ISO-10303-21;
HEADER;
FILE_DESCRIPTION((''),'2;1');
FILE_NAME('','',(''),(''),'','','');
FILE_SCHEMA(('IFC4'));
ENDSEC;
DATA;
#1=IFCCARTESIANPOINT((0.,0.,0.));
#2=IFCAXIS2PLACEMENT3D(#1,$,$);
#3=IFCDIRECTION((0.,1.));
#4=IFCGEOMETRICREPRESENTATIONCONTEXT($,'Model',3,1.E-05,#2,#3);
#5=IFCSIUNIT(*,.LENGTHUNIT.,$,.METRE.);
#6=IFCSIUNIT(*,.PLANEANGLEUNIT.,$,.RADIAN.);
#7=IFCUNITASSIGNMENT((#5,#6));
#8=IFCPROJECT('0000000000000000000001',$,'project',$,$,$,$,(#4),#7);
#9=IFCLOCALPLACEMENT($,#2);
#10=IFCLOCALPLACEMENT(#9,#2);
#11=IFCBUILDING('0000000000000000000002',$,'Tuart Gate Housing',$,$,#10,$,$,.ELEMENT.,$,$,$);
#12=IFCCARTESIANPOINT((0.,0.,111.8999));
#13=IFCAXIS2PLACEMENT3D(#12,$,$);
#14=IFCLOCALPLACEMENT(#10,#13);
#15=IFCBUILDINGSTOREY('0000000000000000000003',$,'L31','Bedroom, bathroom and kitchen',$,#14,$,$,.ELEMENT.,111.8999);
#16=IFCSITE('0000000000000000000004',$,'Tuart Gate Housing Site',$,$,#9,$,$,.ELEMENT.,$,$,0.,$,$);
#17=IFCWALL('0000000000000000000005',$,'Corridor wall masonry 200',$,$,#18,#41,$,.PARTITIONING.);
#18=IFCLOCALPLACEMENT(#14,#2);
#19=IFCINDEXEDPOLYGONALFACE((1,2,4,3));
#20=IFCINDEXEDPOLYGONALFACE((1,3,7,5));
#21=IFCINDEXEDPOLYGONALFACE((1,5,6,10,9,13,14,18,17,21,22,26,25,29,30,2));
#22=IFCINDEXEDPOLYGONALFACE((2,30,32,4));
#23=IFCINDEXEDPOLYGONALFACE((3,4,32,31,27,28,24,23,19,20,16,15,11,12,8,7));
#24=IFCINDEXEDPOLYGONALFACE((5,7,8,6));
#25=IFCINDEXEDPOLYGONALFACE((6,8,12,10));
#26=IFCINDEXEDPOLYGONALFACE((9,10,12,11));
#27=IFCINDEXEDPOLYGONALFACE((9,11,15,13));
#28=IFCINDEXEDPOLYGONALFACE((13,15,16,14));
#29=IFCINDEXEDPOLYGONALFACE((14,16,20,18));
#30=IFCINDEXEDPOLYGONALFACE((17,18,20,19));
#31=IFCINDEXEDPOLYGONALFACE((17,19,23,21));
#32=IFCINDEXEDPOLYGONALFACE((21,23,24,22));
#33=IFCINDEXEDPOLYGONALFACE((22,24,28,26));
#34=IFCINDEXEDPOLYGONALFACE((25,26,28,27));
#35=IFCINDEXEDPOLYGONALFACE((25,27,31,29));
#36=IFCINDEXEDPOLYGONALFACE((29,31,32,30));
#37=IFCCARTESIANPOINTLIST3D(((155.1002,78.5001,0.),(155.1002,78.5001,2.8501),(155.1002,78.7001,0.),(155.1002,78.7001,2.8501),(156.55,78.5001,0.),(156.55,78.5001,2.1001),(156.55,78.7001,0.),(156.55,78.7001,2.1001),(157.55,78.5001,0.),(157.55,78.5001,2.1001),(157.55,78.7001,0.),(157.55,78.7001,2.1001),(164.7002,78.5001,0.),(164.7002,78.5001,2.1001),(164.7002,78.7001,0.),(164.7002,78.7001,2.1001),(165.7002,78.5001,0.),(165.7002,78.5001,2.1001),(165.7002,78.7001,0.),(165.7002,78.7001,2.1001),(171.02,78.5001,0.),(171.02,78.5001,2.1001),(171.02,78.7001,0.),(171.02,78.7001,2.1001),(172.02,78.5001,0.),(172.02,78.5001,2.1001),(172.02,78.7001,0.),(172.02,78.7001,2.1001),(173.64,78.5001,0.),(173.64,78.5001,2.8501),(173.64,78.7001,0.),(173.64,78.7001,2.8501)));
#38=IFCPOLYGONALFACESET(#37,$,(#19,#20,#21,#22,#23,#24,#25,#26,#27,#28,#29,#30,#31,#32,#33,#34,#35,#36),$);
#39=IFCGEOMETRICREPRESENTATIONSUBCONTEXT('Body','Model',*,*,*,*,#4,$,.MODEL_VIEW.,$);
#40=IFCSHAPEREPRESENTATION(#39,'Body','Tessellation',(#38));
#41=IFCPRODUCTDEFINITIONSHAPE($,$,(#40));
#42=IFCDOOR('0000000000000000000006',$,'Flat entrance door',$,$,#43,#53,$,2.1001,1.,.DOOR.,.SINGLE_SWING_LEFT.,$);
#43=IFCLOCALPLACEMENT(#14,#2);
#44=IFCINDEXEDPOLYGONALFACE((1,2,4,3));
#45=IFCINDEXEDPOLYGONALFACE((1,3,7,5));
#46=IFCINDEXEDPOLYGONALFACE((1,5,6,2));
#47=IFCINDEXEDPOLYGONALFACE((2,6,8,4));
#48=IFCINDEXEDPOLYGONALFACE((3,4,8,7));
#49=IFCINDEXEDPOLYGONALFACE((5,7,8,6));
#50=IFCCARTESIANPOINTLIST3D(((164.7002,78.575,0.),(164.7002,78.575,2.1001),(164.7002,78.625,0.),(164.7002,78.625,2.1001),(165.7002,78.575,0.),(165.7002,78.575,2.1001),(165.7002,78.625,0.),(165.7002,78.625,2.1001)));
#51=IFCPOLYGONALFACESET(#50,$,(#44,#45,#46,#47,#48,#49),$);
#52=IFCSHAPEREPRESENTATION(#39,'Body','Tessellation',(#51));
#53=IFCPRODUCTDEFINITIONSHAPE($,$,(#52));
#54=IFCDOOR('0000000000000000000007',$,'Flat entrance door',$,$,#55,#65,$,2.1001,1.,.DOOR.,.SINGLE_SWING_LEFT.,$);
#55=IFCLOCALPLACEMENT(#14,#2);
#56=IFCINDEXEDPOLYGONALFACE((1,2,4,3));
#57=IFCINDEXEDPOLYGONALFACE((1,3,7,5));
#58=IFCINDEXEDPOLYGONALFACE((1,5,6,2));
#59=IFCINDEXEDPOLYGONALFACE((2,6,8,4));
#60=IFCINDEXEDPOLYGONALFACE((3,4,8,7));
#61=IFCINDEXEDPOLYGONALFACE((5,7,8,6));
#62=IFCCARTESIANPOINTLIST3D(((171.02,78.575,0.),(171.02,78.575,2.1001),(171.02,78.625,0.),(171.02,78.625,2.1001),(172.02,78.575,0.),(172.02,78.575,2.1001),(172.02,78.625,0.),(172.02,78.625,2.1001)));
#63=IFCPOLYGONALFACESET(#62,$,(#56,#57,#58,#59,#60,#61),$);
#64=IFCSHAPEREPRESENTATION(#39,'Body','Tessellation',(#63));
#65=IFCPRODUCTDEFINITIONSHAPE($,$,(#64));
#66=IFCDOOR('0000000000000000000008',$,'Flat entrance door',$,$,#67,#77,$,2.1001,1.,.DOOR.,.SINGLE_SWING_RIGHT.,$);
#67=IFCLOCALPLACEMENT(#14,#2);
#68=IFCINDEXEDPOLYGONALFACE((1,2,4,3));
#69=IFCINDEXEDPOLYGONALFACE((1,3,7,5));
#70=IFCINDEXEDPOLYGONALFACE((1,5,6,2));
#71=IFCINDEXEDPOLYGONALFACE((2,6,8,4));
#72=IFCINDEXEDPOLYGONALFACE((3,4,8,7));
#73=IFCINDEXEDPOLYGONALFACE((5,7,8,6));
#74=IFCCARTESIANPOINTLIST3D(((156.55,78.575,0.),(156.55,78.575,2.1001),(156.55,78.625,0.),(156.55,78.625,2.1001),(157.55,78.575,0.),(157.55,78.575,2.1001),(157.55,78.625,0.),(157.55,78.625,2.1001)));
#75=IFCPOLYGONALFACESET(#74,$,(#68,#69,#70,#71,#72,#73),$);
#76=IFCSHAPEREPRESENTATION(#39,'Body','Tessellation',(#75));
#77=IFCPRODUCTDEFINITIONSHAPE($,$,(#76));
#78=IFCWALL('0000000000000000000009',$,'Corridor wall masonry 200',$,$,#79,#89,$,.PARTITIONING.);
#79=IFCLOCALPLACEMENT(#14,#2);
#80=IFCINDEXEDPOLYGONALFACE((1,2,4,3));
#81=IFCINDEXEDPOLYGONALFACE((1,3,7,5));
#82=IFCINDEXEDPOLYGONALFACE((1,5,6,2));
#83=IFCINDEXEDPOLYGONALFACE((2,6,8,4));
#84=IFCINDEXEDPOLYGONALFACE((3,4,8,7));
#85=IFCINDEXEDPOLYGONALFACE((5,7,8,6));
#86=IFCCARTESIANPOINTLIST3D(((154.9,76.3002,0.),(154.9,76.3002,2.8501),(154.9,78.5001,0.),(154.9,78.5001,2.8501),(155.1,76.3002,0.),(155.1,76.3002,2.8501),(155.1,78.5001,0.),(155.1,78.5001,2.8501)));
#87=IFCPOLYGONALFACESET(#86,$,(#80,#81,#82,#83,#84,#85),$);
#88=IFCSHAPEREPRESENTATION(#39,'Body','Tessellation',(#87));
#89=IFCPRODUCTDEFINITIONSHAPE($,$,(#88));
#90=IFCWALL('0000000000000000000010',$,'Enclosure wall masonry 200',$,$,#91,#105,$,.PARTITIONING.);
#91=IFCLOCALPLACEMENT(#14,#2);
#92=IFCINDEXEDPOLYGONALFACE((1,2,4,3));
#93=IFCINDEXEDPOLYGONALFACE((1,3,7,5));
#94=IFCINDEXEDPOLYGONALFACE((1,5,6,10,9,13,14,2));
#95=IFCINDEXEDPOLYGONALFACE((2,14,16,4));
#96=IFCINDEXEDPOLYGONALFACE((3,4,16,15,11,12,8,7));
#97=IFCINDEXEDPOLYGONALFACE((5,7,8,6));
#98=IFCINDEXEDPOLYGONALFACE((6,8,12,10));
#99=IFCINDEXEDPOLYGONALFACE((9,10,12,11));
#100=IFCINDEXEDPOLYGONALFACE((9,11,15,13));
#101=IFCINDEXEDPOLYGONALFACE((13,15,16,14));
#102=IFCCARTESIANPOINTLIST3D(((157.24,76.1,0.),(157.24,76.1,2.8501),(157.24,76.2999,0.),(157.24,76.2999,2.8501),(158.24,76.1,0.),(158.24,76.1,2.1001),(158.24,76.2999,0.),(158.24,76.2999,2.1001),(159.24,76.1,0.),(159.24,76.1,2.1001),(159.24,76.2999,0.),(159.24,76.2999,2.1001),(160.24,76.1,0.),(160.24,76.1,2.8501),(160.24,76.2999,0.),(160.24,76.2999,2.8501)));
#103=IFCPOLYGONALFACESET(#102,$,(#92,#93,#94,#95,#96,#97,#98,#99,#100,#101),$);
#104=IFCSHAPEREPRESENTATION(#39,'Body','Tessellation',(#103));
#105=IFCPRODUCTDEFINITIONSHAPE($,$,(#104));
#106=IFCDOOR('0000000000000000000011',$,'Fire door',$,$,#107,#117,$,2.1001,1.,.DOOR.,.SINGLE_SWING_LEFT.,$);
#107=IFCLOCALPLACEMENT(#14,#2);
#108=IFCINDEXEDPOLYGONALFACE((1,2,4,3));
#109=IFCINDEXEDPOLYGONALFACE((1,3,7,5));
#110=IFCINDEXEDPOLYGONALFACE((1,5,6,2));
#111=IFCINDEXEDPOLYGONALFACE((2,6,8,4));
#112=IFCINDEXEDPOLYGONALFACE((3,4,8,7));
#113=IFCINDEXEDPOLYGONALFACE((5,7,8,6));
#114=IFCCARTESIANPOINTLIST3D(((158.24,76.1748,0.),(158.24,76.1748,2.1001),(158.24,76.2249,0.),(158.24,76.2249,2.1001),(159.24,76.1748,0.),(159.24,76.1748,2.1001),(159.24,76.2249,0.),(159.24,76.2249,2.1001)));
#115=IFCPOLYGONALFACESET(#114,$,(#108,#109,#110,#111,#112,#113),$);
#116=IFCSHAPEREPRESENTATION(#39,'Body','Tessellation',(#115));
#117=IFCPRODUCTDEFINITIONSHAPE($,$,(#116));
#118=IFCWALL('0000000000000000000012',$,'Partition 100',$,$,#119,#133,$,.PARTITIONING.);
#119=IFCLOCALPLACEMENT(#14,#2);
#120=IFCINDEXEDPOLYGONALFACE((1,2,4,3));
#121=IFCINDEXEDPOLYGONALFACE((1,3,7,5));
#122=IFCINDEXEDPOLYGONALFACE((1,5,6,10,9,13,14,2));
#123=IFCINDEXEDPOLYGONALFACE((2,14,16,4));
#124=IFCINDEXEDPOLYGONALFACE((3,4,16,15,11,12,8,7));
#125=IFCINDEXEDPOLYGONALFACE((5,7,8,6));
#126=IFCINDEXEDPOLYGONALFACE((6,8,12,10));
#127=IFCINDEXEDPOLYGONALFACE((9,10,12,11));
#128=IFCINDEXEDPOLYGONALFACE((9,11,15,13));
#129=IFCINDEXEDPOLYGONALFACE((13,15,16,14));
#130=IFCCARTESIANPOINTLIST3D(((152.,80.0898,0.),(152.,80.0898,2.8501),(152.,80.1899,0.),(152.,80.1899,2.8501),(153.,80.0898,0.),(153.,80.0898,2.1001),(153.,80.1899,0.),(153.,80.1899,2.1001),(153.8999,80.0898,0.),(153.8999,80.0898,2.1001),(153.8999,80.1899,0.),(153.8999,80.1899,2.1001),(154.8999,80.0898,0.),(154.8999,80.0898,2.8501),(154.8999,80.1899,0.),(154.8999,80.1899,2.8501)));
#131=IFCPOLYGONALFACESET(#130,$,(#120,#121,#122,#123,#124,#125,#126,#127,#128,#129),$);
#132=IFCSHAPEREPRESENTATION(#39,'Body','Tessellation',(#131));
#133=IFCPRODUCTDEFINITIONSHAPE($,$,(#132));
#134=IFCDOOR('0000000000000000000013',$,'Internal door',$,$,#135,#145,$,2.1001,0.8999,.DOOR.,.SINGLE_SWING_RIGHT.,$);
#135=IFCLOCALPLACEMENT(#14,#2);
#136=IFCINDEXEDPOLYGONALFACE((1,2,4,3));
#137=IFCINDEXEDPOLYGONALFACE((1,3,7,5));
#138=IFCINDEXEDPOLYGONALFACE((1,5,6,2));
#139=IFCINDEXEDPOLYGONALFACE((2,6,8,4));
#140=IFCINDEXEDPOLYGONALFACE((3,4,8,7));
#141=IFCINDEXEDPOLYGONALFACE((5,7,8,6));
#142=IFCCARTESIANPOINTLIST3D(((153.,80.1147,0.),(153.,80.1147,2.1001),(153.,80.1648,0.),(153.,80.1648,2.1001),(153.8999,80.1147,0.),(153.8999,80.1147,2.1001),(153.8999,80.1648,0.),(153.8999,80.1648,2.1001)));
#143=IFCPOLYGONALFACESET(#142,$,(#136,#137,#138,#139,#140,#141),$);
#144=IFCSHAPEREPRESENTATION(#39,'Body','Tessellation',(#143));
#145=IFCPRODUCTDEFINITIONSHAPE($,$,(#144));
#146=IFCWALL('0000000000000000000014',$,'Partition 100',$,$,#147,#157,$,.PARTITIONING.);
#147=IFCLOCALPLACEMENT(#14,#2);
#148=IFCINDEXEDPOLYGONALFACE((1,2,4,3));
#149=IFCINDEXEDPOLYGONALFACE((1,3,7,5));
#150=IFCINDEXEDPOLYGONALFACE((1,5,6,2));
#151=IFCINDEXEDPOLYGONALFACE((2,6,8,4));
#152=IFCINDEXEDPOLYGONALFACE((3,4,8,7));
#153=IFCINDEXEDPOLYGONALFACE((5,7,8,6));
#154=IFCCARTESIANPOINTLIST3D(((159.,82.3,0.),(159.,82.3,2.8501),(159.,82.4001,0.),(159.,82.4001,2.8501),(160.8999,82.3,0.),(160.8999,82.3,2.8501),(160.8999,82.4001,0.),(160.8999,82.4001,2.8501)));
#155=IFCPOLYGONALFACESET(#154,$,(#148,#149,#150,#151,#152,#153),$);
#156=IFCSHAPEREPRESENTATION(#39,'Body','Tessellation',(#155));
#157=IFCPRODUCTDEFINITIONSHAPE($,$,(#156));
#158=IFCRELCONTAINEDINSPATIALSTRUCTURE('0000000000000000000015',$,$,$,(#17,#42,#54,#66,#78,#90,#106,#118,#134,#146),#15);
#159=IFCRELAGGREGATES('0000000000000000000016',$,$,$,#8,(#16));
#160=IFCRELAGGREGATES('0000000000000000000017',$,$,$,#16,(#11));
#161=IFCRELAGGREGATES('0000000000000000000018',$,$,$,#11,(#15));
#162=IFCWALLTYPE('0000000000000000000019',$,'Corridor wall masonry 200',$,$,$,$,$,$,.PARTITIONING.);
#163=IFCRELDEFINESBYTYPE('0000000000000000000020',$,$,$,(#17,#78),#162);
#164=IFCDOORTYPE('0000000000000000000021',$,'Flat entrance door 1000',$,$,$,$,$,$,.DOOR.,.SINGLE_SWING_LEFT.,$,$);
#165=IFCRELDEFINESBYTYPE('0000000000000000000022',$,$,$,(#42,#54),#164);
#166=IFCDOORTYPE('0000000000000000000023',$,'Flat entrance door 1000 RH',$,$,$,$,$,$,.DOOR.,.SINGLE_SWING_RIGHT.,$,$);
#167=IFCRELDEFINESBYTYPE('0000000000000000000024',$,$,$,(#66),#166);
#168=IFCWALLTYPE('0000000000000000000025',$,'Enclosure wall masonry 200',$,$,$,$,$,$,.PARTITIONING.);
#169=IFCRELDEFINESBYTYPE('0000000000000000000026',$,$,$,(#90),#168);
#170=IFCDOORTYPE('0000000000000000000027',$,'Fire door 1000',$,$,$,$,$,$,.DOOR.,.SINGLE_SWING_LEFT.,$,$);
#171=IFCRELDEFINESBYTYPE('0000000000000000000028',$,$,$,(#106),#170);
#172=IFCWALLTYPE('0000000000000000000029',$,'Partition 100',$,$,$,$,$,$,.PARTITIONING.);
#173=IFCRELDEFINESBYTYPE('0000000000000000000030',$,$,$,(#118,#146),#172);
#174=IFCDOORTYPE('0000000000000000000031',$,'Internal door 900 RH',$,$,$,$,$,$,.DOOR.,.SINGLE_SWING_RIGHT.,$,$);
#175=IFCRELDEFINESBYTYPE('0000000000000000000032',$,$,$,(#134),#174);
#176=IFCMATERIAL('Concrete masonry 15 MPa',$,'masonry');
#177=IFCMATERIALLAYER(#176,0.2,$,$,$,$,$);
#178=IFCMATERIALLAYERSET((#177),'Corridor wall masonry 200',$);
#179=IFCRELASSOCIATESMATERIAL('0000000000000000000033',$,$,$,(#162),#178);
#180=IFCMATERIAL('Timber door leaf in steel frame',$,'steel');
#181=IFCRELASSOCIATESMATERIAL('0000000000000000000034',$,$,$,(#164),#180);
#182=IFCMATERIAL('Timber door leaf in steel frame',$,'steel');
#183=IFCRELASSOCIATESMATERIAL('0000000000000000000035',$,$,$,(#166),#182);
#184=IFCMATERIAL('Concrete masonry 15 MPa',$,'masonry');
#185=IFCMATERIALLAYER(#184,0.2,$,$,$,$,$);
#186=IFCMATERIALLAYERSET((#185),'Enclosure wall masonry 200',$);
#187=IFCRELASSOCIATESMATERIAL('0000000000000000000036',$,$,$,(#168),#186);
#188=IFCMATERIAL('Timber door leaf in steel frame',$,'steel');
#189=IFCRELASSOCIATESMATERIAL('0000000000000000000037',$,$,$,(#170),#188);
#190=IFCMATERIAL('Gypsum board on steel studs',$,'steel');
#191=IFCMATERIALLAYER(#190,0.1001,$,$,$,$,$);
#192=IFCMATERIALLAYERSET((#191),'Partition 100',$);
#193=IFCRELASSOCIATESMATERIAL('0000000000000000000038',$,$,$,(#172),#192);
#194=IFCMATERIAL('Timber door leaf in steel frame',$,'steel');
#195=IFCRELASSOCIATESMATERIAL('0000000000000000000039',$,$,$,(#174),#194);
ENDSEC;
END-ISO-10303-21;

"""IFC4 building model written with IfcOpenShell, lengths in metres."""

from ifc_helpers import new_model, si_unit, direction, frame, frame_2d, origin, place, context, subcontext, project, spatial, rectangle, extrude, material, layer, layer_set, type_object, element, fill, save


model = new_model("IFC4")

# Units and contexts
model_context = context("Model", 3, precision=1e-05, world=origin(), true_north=direction((0.0, 1.0)))
body_context = subcontext(model_context, "Body", "Model", "MODEL_VIEW")
ifc_project = project(units=[si_unit("LENGTHUNIT", "METRE"), si_unit("PLANEANGLEUNIT", "RADIAN")], contexts=[model_context])

# Site, building, storey
site_placement = place(None, origin())
site = spatial("IfcSite", under=ifc_project, at=site_placement, Name="Tuart Gate Housing Site", CompositionType="ELEMENT", RefElevation=0.0)
building_placement = place(site_placement, origin())
building = spatial("IfcBuilding", under=site, at=building_placement, Name="Tuart Gate Housing", CompositionType="ELEMENT")
storey_placement = place(building_placement, frame((0.0, 0.0, 111.8999)))
storey = spatial("IfcBuildingStorey", under=building, at=storey_placement, Name="L31", Description="Bedroom, bathroom and kitchen", CompositionType="ELEMENT", Elevation=111.8999)

# Shared definitions
ifc_material_1 = material(Name="Concrete masonry 15 MPa", Category="masonry")
ifc_layer_1 = layer(ifc_material_1, 0.2)
ifc_layer_set_1 = layer_set([ifc_layer_1], Name="Corridor wall masonry 200")
wall_type_1 = type_object("IfcWallType", Name="Corridor wall masonry 200", PredefinedType="PARTITIONING", material=ifc_layer_set_1)

# Wall, openings, doors
wall_1_placement = place(storey_placement, frame((155.1001, 78.6001, 0.0), z_axis=(0.0, 0.0, 1.0), x_axis=(1.0, 0.0, 0.0)))
wall_1 = element("IfcWall", 1, at=wall_1_placement, inside=storey, type_object=wall_type_1, Name="Corridor wall masonry 200", PredefinedType="PARTITIONING", context=body_context, shape_type="SweptSolid", body=[
    extrude(rectangle(XDim=18.5398, YDim=0.2, at=frame_2d((9.27, 0.0))), origin(), (0.0, 0.0, 1.0), 2.8501),
])
opening_1_placement = place(wall_1_placement, frame((1.45, 0.0, 0.0)))
opening_1 = element("IfcOpeningElement", 2, at=opening_1_placement, cuts=wall_1, PredefinedType="OPENING", context=body_context, shape_type="SweptSolid", body=[
    extrude(rectangle(XDim=1.0, YDim=2.1001, at=frame_2d((0.5, 1.05))), frame((0.0, 0.1099, 0.0), z_axis=(0.0, -1.0, 0.0), x_axis=(1.0, 0.0, 0.0)), (0.0, 0.0, 1.0), 0.22),
])
opening_2_placement = place(wall_1_placement, frame((9.6001, 0.0, 0.0)))
opening_2 = element("IfcOpeningElement", 3, at=opening_2_placement, cuts=wall_1, PredefinedType="OPENING", context=body_context, shape_type="SweptSolid", body=[
    extrude(rectangle(XDim=1.0, YDim=2.1001, at=frame_2d((0.5, 1.05))), frame((0.0, 0.1099, 0.0), z_axis=(0.0, -1.0, 0.0), x_axis=(1.0, 0.0, 0.0)), (0.0, 0.0, 1.0), 0.22),
])
opening_3_placement = place(wall_1_placement, frame((15.9199, 0.0, 0.0)))
opening_3 = element("IfcOpeningElement", 4, at=opening_3_placement, cuts=wall_1, PredefinedType="OPENING", context=body_context, shape_type="SweptSolid", body=[
    extrude(rectangle(XDim=1.0, YDim=2.1001, at=frame_2d((0.5, 1.05))), frame((0.0, 0.1099, 0.0), z_axis=(0.0, -1.0, 0.0), x_axis=(1.0, 0.0, 0.0)), (0.0, 0.0, 1.0), 0.22),
])
ifc_material_2 = material(Name="Timber door leaf in steel frame", Category="steel")
door_type_1 = type_object("IfcDoorType", Name="Flat entrance door 1000", OperationType="SINGLE_SWING_LEFT", PredefinedType="DOOR", material=ifc_material_2)
door_1_placement = place(opening_2_placement, origin())
door_1 = element("IfcDoor", 5, at=door_1_placement, inside=storey, type_object=door_type_1, Name="Flat entrance door", OperationType="SINGLE_SWING_LEFT", OverallHeight=2.1001, OverallWidth=1.0, PredefinedType="DOOR", context=body_context, shape_type="SweptSolid", body=[
    extrude(rectangle(XDim=1.0, YDim=2.1001, at=frame_2d((0.5, 1.05))), frame((0.0, 0.0249, 0.0), z_axis=(0.0, -1.0, 0.0), x_axis=(1.0, 0.0, 0.0)), (0.0, 0.0, 1.0), 0.05),
])
fill(opening_2, door_1)
door_2_placement = place(opening_3_placement, origin())
door_2 = element("IfcDoor", 6, at=door_2_placement, inside=storey, type_object=door_type_1, Name="Flat entrance door", OperationType="SINGLE_SWING_LEFT", OverallHeight=2.1001, OverallWidth=1.0, PredefinedType="DOOR", context=body_context, shape_type="SweptSolid", body=[
    extrude(rectangle(XDim=1.0, YDim=2.1001, at=frame_2d((0.5, 1.05))), frame((0.0, 0.0249, 0.0), z_axis=(0.0, -1.0, 0.0), x_axis=(1.0, 0.0, 0.0)), (0.0, 0.0, 1.0), 0.05),
])
fill(opening_3, door_2)
ifc_material_3 = material(Name="Timber door leaf in steel frame", Category="steel")
door_type_2 = type_object("IfcDoorType", Name="Flat entrance door 1000 RH", OperationType="SINGLE_SWING_RIGHT", PredefinedType="DOOR", material=ifc_material_3)
door_3_placement = place(opening_1_placement, origin())
door_3 = element("IfcDoor", 7, at=door_3_placement, inside=storey, type_object=door_type_2, Name="Flat entrance door", OperationType="SINGLE_SWING_RIGHT", OverallHeight=2.1001, OverallWidth=1.0, PredefinedType="DOOR", context=body_context, shape_type="SweptSolid", body=[
    extrude(rectangle(XDim=1.0, YDim=2.1001, at=frame_2d((0.5, 1.05))), frame((0.0, 0.0249, 0.0), z_axis=(0.0, -1.0, 0.0), x_axis=(1.0, 0.0, 0.0)), (0.0, 0.0, 1.0), 0.05),
])
fill(opening_1, door_3)

# Wall
wall_2_placement = place(storey_placement, frame((155.0, 76.3, 0.0), z_axis=(0.0, 0.0, 1.0), x_axis=(0.0, 1.0, 0.0)))
element("IfcWall", 8, at=wall_2_placement, inside=storey, type_object=wall_type_1, Name="Corridor wall masonry 200", PredefinedType="PARTITIONING", context=body_context, shape_type="SweptSolid", body=[
    extrude(rectangle(XDim=2.2, YDim=0.2, at=frame_2d((1.1001, 0.0))), origin(), (0.0, 0.0, 1.0), 2.8501),
])

# Walls, openings, doors
ifc_material_4 = material(Name="Concrete masonry 15 MPa", Category="masonry")
ifc_layer_2 = layer(ifc_material_4, 0.2)
ifc_layer_set_2 = layer_set([ifc_layer_2], Name="Enclosure wall masonry 200")
wall_type_2 = type_object("IfcWallType", Name="Enclosure wall masonry 200", PredefinedType="PARTITIONING", material=ifc_layer_set_2)
wall_3_placement = place(storey_placement, frame((157.24, 76.2, 0.0), z_axis=(0.0, 0.0, 1.0), x_axis=(1.0, 0.0, 0.0)))
wall_3 = element("IfcWall", 9, at=wall_3_placement, inside=storey, type_object=wall_type_2, Name="Enclosure wall masonry 200", PredefinedType="PARTITIONING", context=body_context, shape_type="SweptSolid", body=[
    extrude(rectangle(XDim=3.0, YDim=0.2, at=frame_2d((1.5, 0.0))), origin(), (0.0, 0.0, 1.0), 2.8501),
])
opening_4_placement = place(wall_3_placement, frame((1.0, 0.0, 0.0)))
opening_4 = element("IfcOpeningElement", 10, at=opening_4_placement, cuts=wall_3, PredefinedType="OPENING", context=body_context, shape_type="SweptSolid", body=[
    extrude(rectangle(XDim=1.0, YDim=2.1001, at=frame_2d((0.5, 1.05))), frame((0.0, 0.1099, 0.0), z_axis=(0.0, -1.0, 0.0), x_axis=(1.0, 0.0, 0.0)), (0.0, 0.0, 1.0), 0.22),
])
ifc_material_5 = material(Name="Timber door leaf in steel frame", Category="steel")
door_type_3 = type_object("IfcDoorType", Name="Fire door 1000", OperationType="SINGLE_SWING_LEFT", PredefinedType="DOOR", material=ifc_material_5)
door_4_placement = place(opening_4_placement, origin())
door_4 = element("IfcDoor", 11, at=door_4_placement, inside=storey, type_object=door_type_3, Name="Fire door", OperationType="SINGLE_SWING_LEFT", OverallHeight=2.1001, OverallWidth=1.0, PredefinedType="DOOR", context=body_context, shape_type="SweptSolid", body=[
    extrude(rectangle(XDim=1.0, YDim=2.1001, at=frame_2d((0.5, 1.05))), frame((0.0, 0.0249, 0.0), z_axis=(0.0, -1.0, 0.0), x_axis=(1.0, 0.0, 0.0)), (0.0, 0.0, 1.0), 0.05),
])
fill(opening_4, door_4)
ifc_material_6 = material(Name="Gypsum board on steel studs", Category="steel")
ifc_layer_3 = layer(ifc_material_6, 0.1001)
ifc_layer_set_3 = layer_set([ifc_layer_3], Name="Partition 100")
wall_type_3 = type_object("IfcWallType", Name="Partition 100", PredefinedType="PARTITIONING", material=ifc_layer_set_3)
wall_4_placement = place(storey_placement, frame((152.0, 80.1399, 0.0), z_axis=(0.0, 0.0, 1.0), x_axis=(1.0, 0.0, 0.0)))
wall_4 = element("IfcWall", 12, at=wall_4_placement, inside=storey, type_object=wall_type_3, Name="Partition 100", PredefinedType="PARTITIONING", context=body_context, shape_type="SweptSolid", body=[
    extrude(rectangle(XDim=2.8999, YDim=0.1001, at=frame_2d((1.45, 0.0))), origin(), (0.0, 0.0, 1.0), 2.8501),
])
opening_5_placement = place(wall_4_placement, frame((1.0, 0.0, 0.0)))
opening_5 = element("IfcOpeningElement", 13, at=opening_5_placement, cuts=wall_4, PredefinedType="OPENING", context=body_context, shape_type="SweptSolid", body=[
    extrude(rectangle(XDim=0.8999, YDim=2.1001, at=frame_2d((0.45, 1.05))), frame((0.0, 0.0601, 0.0), z_axis=(0.0, -1.0, 0.0), x_axis=(1.0, 0.0, 0.0)), (0.0, 0.0, 1.0), 0.1201),
])
ifc_material_7 = material(Name="Timber door leaf in steel frame", Category="steel")
door_type_4 = type_object("IfcDoorType", Name="Internal door 900 RH", OperationType="SINGLE_SWING_RIGHT", PredefinedType="DOOR", material=ifc_material_7)
door_5_placement = place(opening_5_placement, frame((0.8999, 0.0, 0.0), z_axis=(0.0, 0.0, 1.0), x_axis=(-1.0, 0.0, 0.0)))
door_5 = element("IfcDoor", 14, at=door_5_placement, inside=storey, type_object=door_type_4, Name="Internal door", OperationType="SINGLE_SWING_RIGHT", OverallHeight=2.1001, OverallWidth=0.8999, PredefinedType="DOOR", context=body_context, shape_type="SweptSolid", body=[
    extrude(rectangle(XDim=0.8999, YDim=2.1001, at=frame_2d((0.45, 1.05))), frame((0.0, 0.0251, 0.0), z_axis=(0.0, -1.0, 0.0), x_axis=(1.0, 0.0, 0.0)), (0.0, 0.0, 1.0), 0.05),
])
fill(opening_5, door_5)

# Wall
wall_5_placement = place(storey_placement, frame((159.0, 82.3501, 0.0), z_axis=(0.0, 0.0, 1.0), x_axis=(1.0, 0.0, 0.0)))
element("IfcWall", 15, at=wall_5_placement, inside=storey, type_object=wall_type_3, Name="Partition 100", PredefinedType="PARTITIONING", context=body_context, shape_type="SweptSolid", body=[
    extrude(rectangle(XDim=1.8999, YDim=0.1001, at=frame_2d((0.95, 0.0))), origin(), (0.0, 0.0, 1.0), 2.8501),
])

save(model, "model.ifc")
